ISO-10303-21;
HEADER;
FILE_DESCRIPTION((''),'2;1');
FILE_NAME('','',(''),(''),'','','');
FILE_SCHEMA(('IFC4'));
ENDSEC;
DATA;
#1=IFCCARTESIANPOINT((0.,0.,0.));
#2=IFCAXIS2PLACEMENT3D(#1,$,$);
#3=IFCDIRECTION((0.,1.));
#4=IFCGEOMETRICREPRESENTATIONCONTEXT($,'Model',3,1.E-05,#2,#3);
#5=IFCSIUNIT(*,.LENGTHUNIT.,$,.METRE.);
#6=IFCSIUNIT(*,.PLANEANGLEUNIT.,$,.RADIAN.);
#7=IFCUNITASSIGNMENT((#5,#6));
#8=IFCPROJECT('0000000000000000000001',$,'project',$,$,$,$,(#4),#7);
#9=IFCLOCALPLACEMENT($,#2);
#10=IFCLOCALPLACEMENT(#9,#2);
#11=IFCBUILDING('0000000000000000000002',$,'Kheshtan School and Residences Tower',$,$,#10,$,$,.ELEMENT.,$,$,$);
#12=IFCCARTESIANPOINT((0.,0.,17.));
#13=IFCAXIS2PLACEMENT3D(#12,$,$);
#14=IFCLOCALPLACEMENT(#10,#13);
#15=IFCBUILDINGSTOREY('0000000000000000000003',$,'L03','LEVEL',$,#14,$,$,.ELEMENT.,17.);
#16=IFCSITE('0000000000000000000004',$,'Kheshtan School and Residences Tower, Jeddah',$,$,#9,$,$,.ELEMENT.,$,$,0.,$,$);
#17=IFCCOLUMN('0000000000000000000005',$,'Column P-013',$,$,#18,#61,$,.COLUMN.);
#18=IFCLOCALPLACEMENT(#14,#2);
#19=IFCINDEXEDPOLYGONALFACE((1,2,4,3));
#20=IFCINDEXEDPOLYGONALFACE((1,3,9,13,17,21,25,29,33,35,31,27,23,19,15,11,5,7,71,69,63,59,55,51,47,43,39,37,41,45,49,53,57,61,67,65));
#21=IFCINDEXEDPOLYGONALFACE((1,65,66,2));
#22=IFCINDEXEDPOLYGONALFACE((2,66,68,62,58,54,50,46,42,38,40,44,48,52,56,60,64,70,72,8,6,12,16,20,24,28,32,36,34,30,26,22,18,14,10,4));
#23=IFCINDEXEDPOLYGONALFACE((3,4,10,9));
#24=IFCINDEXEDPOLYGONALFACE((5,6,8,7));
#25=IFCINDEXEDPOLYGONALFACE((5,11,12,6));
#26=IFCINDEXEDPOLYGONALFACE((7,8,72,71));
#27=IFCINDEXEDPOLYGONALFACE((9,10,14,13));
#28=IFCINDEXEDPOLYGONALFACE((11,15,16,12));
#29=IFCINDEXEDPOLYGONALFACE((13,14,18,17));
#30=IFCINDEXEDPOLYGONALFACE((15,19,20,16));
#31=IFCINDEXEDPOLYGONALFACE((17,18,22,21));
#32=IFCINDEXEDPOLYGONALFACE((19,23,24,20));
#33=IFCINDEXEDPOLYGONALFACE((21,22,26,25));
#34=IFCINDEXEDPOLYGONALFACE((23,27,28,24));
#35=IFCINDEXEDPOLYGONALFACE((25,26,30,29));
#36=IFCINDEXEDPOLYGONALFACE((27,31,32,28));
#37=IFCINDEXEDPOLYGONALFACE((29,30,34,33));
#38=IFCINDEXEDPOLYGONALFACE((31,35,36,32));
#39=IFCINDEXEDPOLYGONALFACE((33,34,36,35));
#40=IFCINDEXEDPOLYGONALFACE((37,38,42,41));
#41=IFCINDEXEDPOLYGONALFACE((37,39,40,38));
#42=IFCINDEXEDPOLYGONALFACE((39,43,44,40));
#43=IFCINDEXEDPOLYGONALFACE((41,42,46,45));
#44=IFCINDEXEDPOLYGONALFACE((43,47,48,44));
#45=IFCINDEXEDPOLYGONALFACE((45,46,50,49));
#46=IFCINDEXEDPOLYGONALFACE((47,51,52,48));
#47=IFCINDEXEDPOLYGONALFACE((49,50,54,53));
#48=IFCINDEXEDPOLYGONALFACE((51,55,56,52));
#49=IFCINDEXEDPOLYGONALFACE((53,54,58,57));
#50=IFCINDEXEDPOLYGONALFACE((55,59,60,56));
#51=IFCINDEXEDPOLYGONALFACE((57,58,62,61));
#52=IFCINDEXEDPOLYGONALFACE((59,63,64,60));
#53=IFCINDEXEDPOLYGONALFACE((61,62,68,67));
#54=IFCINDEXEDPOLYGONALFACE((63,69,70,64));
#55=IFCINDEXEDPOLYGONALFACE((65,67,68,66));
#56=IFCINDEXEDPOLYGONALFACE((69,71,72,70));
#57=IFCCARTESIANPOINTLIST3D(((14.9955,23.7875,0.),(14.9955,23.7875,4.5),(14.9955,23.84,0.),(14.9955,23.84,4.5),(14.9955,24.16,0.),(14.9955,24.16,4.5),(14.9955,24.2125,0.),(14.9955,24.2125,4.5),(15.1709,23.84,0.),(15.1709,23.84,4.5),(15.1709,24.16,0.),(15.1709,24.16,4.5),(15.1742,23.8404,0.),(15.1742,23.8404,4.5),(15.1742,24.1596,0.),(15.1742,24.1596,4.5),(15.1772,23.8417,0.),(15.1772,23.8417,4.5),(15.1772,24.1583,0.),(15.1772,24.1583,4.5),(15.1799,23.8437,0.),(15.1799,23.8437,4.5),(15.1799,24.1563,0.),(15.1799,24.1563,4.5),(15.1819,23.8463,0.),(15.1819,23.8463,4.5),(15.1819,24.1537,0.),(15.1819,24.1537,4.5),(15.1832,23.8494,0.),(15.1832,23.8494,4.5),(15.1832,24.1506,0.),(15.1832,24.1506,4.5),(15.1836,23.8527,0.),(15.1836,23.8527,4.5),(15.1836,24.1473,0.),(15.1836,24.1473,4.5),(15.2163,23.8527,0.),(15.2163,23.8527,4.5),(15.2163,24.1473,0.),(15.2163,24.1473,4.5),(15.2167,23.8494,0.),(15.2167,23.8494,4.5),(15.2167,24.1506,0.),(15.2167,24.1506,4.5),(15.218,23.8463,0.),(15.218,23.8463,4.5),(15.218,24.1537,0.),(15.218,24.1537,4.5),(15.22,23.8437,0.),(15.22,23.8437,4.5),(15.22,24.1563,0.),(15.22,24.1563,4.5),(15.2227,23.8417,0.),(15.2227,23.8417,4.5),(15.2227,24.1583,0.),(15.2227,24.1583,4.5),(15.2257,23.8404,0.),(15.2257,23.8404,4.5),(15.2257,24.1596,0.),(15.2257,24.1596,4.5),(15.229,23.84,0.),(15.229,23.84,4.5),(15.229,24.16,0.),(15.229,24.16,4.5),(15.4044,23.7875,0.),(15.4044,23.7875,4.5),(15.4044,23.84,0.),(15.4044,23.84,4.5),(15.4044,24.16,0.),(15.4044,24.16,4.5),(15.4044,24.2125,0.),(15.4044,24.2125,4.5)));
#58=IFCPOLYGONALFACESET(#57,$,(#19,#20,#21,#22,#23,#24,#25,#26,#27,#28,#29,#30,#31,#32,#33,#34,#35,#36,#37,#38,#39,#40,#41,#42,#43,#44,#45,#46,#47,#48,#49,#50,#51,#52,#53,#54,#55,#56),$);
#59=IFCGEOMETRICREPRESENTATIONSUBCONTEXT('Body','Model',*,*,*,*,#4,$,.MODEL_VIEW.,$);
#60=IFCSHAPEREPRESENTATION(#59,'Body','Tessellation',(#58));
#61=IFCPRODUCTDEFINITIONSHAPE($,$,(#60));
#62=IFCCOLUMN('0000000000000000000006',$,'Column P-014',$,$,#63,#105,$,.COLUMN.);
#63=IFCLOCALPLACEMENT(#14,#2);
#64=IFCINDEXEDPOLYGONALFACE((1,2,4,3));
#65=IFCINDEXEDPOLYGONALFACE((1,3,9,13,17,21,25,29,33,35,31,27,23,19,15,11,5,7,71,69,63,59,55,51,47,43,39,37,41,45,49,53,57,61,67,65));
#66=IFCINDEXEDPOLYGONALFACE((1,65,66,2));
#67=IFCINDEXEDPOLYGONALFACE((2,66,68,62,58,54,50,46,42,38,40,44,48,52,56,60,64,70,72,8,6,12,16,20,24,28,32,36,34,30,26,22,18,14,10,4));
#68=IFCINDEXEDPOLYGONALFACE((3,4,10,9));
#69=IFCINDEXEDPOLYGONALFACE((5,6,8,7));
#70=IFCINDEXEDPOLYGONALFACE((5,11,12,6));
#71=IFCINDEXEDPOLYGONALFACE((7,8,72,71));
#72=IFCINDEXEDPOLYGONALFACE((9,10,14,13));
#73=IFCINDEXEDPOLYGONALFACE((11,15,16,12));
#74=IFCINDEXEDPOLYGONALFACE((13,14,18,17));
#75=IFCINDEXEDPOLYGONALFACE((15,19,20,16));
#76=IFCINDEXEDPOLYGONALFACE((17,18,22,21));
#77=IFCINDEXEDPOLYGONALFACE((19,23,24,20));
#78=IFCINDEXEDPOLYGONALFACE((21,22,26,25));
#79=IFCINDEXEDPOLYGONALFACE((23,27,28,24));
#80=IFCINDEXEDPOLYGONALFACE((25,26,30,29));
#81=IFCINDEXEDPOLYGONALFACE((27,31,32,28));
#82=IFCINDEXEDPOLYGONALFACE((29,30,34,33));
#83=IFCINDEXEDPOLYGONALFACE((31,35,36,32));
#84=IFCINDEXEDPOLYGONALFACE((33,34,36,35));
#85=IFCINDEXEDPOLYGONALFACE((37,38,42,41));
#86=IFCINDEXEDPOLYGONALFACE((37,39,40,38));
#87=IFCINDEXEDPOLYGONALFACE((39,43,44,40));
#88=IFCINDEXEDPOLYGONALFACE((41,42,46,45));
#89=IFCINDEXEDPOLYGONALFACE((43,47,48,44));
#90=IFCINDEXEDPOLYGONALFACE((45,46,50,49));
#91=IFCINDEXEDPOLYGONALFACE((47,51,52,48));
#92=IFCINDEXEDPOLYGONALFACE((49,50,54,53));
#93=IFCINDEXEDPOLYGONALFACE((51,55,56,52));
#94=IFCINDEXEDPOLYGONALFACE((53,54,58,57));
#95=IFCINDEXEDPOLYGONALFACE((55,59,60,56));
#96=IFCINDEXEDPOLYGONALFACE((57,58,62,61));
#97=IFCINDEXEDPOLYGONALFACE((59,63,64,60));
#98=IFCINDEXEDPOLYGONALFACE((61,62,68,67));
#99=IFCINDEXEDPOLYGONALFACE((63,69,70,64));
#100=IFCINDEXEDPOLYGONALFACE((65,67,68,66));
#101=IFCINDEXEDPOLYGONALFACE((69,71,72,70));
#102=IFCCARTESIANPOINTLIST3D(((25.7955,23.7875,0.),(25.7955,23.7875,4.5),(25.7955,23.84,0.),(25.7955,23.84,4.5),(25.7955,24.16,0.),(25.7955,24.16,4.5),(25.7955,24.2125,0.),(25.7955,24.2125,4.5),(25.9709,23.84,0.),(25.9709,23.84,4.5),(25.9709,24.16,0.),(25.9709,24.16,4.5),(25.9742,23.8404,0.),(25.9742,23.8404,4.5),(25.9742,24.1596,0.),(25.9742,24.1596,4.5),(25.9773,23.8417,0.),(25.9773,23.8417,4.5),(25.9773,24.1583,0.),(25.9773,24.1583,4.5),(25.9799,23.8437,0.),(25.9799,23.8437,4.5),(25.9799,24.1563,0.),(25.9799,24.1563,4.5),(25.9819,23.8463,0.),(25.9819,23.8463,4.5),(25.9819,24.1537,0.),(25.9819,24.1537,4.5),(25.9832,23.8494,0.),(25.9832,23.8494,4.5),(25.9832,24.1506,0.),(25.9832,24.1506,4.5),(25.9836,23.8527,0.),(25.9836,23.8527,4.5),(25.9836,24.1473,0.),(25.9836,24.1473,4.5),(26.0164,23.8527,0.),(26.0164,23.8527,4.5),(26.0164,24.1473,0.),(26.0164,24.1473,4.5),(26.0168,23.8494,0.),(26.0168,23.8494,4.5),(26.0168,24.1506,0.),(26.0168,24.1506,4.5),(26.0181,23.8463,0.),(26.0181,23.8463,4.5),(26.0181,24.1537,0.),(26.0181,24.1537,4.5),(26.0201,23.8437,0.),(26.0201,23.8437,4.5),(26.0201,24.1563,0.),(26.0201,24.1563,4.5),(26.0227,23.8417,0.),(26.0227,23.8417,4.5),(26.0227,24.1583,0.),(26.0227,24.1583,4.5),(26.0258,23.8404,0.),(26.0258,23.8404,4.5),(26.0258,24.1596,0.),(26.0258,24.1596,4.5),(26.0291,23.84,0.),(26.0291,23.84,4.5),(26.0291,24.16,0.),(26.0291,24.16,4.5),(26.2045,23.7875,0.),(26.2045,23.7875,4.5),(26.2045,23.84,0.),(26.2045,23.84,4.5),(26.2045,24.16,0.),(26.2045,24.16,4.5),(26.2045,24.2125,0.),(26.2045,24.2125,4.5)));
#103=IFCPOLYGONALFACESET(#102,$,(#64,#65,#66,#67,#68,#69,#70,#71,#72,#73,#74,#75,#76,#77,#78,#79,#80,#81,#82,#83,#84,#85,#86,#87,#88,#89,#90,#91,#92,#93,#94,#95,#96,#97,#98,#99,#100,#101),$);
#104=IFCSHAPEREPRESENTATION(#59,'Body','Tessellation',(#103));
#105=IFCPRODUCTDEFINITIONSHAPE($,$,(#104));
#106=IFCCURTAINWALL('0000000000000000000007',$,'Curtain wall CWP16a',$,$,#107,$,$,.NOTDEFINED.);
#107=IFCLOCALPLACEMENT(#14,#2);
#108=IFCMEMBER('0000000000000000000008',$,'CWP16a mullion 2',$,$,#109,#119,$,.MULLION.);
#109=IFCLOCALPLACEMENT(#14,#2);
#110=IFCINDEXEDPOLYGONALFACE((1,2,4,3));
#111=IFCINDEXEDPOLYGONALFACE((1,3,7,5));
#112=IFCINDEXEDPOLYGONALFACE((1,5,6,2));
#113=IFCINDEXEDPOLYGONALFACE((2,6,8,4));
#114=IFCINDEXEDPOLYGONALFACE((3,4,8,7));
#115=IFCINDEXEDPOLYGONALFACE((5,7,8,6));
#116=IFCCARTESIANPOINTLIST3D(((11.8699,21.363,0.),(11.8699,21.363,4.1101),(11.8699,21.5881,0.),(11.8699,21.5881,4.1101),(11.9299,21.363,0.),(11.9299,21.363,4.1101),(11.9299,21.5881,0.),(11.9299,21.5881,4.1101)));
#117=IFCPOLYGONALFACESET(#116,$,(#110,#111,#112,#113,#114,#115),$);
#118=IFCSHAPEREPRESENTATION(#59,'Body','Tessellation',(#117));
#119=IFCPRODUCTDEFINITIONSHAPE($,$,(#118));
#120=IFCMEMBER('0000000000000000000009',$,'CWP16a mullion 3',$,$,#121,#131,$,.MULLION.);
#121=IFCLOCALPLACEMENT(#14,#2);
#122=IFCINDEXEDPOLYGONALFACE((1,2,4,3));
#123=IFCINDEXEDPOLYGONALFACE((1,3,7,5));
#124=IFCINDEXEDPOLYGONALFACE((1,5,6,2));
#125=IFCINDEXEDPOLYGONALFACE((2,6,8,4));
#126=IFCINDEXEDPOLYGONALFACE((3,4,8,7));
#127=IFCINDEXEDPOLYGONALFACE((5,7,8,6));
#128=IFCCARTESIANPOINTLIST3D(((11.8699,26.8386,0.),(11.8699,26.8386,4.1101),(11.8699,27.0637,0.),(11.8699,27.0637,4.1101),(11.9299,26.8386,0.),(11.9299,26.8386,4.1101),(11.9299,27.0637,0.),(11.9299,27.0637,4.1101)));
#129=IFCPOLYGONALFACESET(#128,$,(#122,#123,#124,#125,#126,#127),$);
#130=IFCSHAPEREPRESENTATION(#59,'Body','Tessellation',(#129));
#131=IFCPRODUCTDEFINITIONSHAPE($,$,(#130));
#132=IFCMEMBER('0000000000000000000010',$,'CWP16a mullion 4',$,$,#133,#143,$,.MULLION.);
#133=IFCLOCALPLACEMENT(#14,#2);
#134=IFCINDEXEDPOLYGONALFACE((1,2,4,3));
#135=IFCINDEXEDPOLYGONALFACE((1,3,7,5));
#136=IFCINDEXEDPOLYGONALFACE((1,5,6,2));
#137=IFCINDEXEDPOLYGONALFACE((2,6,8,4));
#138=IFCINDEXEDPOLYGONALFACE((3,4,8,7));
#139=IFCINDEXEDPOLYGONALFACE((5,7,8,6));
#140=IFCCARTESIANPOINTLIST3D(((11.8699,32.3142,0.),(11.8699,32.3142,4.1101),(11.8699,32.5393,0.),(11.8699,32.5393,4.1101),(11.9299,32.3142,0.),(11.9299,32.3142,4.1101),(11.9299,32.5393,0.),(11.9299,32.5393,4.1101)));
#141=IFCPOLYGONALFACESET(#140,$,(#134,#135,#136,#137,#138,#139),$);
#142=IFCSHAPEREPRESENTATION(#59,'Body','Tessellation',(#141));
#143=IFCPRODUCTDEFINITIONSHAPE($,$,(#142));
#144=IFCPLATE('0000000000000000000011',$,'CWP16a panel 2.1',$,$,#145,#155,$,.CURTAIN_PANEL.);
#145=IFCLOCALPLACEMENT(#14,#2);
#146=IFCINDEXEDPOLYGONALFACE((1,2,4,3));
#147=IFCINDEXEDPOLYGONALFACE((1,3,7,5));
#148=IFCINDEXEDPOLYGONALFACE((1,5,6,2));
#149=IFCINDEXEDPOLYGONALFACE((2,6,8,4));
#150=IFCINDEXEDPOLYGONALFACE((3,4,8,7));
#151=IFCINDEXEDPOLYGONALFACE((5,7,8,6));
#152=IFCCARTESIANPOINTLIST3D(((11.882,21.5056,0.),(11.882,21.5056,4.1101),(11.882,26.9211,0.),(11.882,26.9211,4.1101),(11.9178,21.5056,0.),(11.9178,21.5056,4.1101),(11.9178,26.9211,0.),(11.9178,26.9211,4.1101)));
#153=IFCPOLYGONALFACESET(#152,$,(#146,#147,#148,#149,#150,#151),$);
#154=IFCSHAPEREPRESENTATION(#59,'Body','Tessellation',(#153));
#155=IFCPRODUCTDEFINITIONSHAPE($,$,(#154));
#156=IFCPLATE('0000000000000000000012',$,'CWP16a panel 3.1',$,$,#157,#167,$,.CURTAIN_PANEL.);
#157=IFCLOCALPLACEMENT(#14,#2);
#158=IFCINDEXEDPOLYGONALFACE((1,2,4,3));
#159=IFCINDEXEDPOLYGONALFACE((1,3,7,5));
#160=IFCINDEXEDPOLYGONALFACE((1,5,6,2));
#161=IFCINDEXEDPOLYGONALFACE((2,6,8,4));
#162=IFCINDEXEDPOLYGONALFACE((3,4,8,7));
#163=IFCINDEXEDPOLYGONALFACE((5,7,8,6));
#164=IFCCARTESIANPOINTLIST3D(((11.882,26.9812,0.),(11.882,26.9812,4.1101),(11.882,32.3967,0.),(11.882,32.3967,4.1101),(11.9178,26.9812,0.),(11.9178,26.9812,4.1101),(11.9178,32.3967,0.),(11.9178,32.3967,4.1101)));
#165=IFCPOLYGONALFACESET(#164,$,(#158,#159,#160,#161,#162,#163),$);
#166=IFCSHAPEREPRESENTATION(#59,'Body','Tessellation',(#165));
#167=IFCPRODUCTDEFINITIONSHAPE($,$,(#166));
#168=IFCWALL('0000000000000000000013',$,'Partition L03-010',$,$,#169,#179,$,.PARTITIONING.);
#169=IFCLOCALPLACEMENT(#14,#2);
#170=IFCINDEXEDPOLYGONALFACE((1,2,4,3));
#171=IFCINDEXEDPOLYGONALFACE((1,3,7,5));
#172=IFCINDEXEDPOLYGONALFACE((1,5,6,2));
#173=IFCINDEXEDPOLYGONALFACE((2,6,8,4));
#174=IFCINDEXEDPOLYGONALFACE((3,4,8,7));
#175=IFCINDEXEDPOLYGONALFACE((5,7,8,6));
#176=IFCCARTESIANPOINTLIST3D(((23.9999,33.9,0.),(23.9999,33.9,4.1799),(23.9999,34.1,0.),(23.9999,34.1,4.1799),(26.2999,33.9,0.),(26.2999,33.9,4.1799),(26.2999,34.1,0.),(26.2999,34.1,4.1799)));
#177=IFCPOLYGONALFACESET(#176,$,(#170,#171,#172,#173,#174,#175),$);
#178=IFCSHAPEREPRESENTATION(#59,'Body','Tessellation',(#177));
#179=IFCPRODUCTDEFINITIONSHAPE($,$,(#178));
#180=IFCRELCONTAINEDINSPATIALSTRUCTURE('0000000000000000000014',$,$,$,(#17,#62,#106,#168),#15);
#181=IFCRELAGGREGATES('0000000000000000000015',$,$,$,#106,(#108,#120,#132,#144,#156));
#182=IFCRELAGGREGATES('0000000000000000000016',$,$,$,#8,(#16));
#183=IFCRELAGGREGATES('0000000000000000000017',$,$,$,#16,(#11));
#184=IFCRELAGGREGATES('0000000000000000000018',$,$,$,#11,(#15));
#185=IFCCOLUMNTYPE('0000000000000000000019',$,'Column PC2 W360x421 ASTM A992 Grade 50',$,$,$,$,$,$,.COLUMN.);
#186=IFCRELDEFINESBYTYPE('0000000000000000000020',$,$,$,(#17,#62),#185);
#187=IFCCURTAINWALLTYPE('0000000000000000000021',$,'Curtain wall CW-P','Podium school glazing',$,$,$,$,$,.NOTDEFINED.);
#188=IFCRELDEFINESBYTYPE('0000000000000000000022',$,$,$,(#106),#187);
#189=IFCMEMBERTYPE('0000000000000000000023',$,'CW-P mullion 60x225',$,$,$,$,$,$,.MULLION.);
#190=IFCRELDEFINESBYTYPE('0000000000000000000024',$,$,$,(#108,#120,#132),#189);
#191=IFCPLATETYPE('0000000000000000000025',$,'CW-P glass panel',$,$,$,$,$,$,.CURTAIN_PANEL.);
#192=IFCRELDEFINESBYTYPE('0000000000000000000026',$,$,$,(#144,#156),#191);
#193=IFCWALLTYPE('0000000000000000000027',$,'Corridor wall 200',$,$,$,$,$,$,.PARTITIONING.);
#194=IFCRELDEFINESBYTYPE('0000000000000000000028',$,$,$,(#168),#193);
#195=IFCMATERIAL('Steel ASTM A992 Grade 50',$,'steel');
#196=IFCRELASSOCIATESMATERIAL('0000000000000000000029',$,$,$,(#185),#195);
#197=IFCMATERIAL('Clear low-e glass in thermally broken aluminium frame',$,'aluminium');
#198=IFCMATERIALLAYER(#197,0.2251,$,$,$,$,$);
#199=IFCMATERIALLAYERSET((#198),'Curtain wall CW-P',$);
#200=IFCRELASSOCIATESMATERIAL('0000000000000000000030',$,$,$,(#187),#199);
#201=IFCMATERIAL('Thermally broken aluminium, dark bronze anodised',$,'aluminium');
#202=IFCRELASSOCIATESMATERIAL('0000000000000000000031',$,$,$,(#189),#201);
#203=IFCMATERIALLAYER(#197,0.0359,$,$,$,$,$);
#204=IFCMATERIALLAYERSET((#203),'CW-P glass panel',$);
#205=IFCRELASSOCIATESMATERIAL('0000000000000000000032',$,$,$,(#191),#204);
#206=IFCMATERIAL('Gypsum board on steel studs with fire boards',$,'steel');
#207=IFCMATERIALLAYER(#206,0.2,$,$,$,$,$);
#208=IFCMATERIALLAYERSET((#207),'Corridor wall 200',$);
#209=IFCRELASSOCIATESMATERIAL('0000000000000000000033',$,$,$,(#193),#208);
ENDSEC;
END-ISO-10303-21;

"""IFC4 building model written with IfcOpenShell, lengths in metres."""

from ifc_helpers import new_model, si_unit, direction, frame, frame_2d, origin, origin_2d, place, context, subcontext, project, spatial, rectangle, i_section, extrude, material, layer, layer_set, material_profile, profile_set, type_object, element, aggregate, save


model = new_model("IFC4")

# Units and contexts
model_context = context("Model", 3, precision=1e-05, world=origin(), true_north=direction((0.0, 1.0)))
body_context = subcontext(model_context, "Body", "Model", "MODEL_VIEW")
ifc_project = project(units=[si_unit("LENGTHUNIT", "METRE"), si_unit("PLANEANGLEUNIT", "RADIAN")], contexts=[model_context])

# Site, building, storey
site_placement = place(None, origin())
site = spatial("IfcSite", under=ifc_project, at=site_placement, Name="Kheshtan School and Residences Tower, Jeddah", CompositionType="ELEMENT", RefElevation=0.0)
building_placement = place(site_placement, origin())
building = spatial("IfcBuilding", under=site, at=building_placement, Name="Kheshtan School and Residences Tower", CompositionType="ELEMENT")
storey_placement = place(building_placement, frame((0.0, 0.0, 17.0)))
storey = spatial("IfcBuildingStorey", under=building, at=storey_placement, Name="L03", Description="LEVEL", CompositionType="ELEMENT", Elevation=17.0)

# Columns
ifc_material_1 = material(Name="Steel ASTM A992 Grade 50", Category="steel")
ifc_material_profile_1 = material_profile(ifc_material_1, i_section(OverallWidth=0.4089, OverallDepth=0.425, WebThickness=0.0327, FlangeThickness=0.0525, FilletRadius=0.0127, at=origin_2d()), Name="W360x421")
ifc_profile_set_1 = profile_set([ifc_material_profile_1], Name="Steel ASTM A992 Grade 50")
column_type = type_object("IfcColumnType", Name="Column PC2 W360x421 ASTM A992 Grade 50", PredefinedType="COLUMN", material=ifc_profile_set_1)
for number, where, z_axis, x_axis, name in (
    (1, (15.2, 24.0, 0.0), (0.0, 0.0, 1.0), (1.0, 0.0, 0.0), "Column P-013"),
    (2, (26.0, 24.0, 0.0), (0.0, 0.0, 1.0), (1.0, 0.0, 0.0), "Column P-014"),
):
    element("IfcColumn", number, at=place(storey_placement, frame(where, z_axis=z_axis, x_axis=x_axis)), inside=storey, type_object=column_type, Name=name, PredefinedType="COLUMN", context=body_context, shape_type="SweptSolid", body=[
        extrude(i_section(OverallWidth=0.4089, OverallDepth=0.425, WebThickness=0.0327, FlangeThickness=0.0525, FilletRadius=0.0127, at=origin_2d()), origin(), (0.0, 0.0, 1.0), 4.5),
    ])

# Curtain wall, members, plates
ifc_material_2 = material(Name="Clear low-e glass in thermally broken aluminium frame", Category="aluminium")
ifc_layer_1 = layer(ifc_material_2, 0.2251)
ifc_layer_set_1 = layer_set([ifc_layer_1], Name="Curtain wall CW-P")
curtain_wall_type = type_object("IfcCurtainWallType", Name="Curtain wall CW-P", Description="Podium school glazing", PredefinedType="NOTDEFINED", material=ifc_layer_set_1)
curtain_wall_placement = place(storey_placement, origin())
curtain_wall = element("IfcCurtainWall", 3, at=curtain_wall_placement, inside=storey, type_object=curtain_wall_type, Name="Curtain wall CWP16a", PredefinedType="NOTDEFINED")
ifc_material_3 = material(Name="Thermally broken aluminium, dark bronze anodised", Category="aluminium")
ifc_material_profile_2 = material_profile(ifc_material_3, rectangle(XDim=0.0601, YDim=0.2251, at=origin_2d()), Name="CW-P mullion 60x225")
ifc_profile_set_2 = profile_set([ifc_material_profile_2], Name="Thermally broken aluminium, dark bronze anodised")
member_type = type_object("IfcMemberType", Name="CW-P mullion 60x225", PredefinedType="MULLION", material=ifc_profile_set_2)
member_1_placement = place(storey_placement, frame((11.8999, 21.4756, 0.0), z_axis=(0.0, 0.0, 1.0), x_axis=(-1.0, 0.0, 0.0)))
member_1 = element("IfcMember", 4, at=member_1_placement, type_object=member_type, Name="CWP16a mullion 2", PredefinedType="MULLION", context=body_context, shape_type="SweptSolid", body=[
    extrude(rectangle(XDim=0.0601, YDim=0.2251, at=origin_2d()), origin(), (0.0, 0.0, 1.0), 4.1101),
])
member_2_placement = place(storey_placement, frame((11.8999, 26.9512, 0.0), z_axis=(0.0, 0.0, 1.0), x_axis=(-1.0, 0.0, 0.0)))
member_2 = element("IfcMember", 5, at=member_2_placement, type_object=member_type, Name="CWP16a mullion 3", PredefinedType="MULLION", context=body_context, shape_type="SweptSolid", body=[
    extrude(rectangle(XDim=0.0601, YDim=0.2251, at=origin_2d()), origin(), (0.0, 0.0, 1.0), 4.1101),
])
member_3_placement = place(storey_placement, frame((11.8999, 32.4268, 0.0), z_axis=(0.0, 0.0, 1.0), x_axis=(-1.0, 0.0, 0.0)))
member_3 = element("IfcMember", 6, at=member_3_placement, type_object=member_type, Name="CWP16a mullion 4", PredefinedType="MULLION", context=body_context, shape_type="SweptSolid", body=[
    extrude(rectangle(XDim=0.0601, YDim=0.2251, at=origin_2d()), origin(), (0.0, 0.0, 1.0), 4.1101),
])
ifc_layer_2 = layer(ifc_material_2, 0.0359)
ifc_layer_set_2 = layer_set([ifc_layer_2], Name="CW-P glass panel")
plate_type = type_object("IfcPlateType", Name="CW-P glass panel", PredefinedType="CURTAIN_PANEL", material=ifc_layer_set_2)
plate_1_placement = place(storey_placement, frame((11.8999, 24.2134, 0.0), z_axis=(0.0, 0.0, 1.0), x_axis=(0.0, 1.0, 0.0)))
plate_1 = element("IfcPlate", 7, at=plate_1_placement, type_object=plate_type, Name="CWP16a panel 2.1", PredefinedType="CURTAIN_PANEL", context=body_context, shape_type="SweptSolid", body=[
    extrude(rectangle(XDim=5.4155, YDim=0.0359, at=origin_2d()), origin(), (0.0, 0.0, 1.0), 4.1101),
])
plate_2_placement = place(storey_placement, frame((11.8999, 29.689, 0.0), z_axis=(0.0, 0.0, 1.0), x_axis=(0.0, 1.0, 0.0)))
plate_2 = element("IfcPlate", 8, at=plate_2_placement, type_object=plate_type, Name="CWP16a panel 3.1", PredefinedType="CURTAIN_PANEL", context=body_context, shape_type="SweptSolid", body=[
    extrude(rectangle(XDim=5.4155, YDim=0.0359, at=origin_2d()), origin(), (0.0, 0.0, 1.0), 4.1101),
])
aggregate(curtain_wall, [member_1, member_2, member_3, plate_1, plate_2])

# Wall
ifc_material_4 = material(Name="Gypsum board on steel studs with fire boards", Category="steel")
ifc_layer_3 = layer(ifc_material_4, 0.2)
ifc_layer_set_3 = layer_set([ifc_layer_3], Name="Corridor wall 200")
wall_type_1 = type_object("IfcWallType", Name="Corridor wall 200", PredefinedType="PARTITIONING", material=ifc_layer_set_3)
wall_1_placement = place(storey_placement, frame((24.0, 34.0, 0.0), z_axis=(0.0, 0.0, 1.0), x_axis=(1.0, 0.0, 0.0)))
element("IfcWall", 9, at=wall_1_placement, inside=storey, type_object=wall_type_1, Name="Partition L03-010", PredefinedType="PARTITIONING", context=body_context, shape_type="SweptSolid", body=[
    extrude(rectangle(XDim=2.3, YDim=0.2, at=frame_2d((1.1499, 0.0))), origin(), (0.0, 0.0, 1.0), 4.1799),
])

save(model, "model.ifc")
